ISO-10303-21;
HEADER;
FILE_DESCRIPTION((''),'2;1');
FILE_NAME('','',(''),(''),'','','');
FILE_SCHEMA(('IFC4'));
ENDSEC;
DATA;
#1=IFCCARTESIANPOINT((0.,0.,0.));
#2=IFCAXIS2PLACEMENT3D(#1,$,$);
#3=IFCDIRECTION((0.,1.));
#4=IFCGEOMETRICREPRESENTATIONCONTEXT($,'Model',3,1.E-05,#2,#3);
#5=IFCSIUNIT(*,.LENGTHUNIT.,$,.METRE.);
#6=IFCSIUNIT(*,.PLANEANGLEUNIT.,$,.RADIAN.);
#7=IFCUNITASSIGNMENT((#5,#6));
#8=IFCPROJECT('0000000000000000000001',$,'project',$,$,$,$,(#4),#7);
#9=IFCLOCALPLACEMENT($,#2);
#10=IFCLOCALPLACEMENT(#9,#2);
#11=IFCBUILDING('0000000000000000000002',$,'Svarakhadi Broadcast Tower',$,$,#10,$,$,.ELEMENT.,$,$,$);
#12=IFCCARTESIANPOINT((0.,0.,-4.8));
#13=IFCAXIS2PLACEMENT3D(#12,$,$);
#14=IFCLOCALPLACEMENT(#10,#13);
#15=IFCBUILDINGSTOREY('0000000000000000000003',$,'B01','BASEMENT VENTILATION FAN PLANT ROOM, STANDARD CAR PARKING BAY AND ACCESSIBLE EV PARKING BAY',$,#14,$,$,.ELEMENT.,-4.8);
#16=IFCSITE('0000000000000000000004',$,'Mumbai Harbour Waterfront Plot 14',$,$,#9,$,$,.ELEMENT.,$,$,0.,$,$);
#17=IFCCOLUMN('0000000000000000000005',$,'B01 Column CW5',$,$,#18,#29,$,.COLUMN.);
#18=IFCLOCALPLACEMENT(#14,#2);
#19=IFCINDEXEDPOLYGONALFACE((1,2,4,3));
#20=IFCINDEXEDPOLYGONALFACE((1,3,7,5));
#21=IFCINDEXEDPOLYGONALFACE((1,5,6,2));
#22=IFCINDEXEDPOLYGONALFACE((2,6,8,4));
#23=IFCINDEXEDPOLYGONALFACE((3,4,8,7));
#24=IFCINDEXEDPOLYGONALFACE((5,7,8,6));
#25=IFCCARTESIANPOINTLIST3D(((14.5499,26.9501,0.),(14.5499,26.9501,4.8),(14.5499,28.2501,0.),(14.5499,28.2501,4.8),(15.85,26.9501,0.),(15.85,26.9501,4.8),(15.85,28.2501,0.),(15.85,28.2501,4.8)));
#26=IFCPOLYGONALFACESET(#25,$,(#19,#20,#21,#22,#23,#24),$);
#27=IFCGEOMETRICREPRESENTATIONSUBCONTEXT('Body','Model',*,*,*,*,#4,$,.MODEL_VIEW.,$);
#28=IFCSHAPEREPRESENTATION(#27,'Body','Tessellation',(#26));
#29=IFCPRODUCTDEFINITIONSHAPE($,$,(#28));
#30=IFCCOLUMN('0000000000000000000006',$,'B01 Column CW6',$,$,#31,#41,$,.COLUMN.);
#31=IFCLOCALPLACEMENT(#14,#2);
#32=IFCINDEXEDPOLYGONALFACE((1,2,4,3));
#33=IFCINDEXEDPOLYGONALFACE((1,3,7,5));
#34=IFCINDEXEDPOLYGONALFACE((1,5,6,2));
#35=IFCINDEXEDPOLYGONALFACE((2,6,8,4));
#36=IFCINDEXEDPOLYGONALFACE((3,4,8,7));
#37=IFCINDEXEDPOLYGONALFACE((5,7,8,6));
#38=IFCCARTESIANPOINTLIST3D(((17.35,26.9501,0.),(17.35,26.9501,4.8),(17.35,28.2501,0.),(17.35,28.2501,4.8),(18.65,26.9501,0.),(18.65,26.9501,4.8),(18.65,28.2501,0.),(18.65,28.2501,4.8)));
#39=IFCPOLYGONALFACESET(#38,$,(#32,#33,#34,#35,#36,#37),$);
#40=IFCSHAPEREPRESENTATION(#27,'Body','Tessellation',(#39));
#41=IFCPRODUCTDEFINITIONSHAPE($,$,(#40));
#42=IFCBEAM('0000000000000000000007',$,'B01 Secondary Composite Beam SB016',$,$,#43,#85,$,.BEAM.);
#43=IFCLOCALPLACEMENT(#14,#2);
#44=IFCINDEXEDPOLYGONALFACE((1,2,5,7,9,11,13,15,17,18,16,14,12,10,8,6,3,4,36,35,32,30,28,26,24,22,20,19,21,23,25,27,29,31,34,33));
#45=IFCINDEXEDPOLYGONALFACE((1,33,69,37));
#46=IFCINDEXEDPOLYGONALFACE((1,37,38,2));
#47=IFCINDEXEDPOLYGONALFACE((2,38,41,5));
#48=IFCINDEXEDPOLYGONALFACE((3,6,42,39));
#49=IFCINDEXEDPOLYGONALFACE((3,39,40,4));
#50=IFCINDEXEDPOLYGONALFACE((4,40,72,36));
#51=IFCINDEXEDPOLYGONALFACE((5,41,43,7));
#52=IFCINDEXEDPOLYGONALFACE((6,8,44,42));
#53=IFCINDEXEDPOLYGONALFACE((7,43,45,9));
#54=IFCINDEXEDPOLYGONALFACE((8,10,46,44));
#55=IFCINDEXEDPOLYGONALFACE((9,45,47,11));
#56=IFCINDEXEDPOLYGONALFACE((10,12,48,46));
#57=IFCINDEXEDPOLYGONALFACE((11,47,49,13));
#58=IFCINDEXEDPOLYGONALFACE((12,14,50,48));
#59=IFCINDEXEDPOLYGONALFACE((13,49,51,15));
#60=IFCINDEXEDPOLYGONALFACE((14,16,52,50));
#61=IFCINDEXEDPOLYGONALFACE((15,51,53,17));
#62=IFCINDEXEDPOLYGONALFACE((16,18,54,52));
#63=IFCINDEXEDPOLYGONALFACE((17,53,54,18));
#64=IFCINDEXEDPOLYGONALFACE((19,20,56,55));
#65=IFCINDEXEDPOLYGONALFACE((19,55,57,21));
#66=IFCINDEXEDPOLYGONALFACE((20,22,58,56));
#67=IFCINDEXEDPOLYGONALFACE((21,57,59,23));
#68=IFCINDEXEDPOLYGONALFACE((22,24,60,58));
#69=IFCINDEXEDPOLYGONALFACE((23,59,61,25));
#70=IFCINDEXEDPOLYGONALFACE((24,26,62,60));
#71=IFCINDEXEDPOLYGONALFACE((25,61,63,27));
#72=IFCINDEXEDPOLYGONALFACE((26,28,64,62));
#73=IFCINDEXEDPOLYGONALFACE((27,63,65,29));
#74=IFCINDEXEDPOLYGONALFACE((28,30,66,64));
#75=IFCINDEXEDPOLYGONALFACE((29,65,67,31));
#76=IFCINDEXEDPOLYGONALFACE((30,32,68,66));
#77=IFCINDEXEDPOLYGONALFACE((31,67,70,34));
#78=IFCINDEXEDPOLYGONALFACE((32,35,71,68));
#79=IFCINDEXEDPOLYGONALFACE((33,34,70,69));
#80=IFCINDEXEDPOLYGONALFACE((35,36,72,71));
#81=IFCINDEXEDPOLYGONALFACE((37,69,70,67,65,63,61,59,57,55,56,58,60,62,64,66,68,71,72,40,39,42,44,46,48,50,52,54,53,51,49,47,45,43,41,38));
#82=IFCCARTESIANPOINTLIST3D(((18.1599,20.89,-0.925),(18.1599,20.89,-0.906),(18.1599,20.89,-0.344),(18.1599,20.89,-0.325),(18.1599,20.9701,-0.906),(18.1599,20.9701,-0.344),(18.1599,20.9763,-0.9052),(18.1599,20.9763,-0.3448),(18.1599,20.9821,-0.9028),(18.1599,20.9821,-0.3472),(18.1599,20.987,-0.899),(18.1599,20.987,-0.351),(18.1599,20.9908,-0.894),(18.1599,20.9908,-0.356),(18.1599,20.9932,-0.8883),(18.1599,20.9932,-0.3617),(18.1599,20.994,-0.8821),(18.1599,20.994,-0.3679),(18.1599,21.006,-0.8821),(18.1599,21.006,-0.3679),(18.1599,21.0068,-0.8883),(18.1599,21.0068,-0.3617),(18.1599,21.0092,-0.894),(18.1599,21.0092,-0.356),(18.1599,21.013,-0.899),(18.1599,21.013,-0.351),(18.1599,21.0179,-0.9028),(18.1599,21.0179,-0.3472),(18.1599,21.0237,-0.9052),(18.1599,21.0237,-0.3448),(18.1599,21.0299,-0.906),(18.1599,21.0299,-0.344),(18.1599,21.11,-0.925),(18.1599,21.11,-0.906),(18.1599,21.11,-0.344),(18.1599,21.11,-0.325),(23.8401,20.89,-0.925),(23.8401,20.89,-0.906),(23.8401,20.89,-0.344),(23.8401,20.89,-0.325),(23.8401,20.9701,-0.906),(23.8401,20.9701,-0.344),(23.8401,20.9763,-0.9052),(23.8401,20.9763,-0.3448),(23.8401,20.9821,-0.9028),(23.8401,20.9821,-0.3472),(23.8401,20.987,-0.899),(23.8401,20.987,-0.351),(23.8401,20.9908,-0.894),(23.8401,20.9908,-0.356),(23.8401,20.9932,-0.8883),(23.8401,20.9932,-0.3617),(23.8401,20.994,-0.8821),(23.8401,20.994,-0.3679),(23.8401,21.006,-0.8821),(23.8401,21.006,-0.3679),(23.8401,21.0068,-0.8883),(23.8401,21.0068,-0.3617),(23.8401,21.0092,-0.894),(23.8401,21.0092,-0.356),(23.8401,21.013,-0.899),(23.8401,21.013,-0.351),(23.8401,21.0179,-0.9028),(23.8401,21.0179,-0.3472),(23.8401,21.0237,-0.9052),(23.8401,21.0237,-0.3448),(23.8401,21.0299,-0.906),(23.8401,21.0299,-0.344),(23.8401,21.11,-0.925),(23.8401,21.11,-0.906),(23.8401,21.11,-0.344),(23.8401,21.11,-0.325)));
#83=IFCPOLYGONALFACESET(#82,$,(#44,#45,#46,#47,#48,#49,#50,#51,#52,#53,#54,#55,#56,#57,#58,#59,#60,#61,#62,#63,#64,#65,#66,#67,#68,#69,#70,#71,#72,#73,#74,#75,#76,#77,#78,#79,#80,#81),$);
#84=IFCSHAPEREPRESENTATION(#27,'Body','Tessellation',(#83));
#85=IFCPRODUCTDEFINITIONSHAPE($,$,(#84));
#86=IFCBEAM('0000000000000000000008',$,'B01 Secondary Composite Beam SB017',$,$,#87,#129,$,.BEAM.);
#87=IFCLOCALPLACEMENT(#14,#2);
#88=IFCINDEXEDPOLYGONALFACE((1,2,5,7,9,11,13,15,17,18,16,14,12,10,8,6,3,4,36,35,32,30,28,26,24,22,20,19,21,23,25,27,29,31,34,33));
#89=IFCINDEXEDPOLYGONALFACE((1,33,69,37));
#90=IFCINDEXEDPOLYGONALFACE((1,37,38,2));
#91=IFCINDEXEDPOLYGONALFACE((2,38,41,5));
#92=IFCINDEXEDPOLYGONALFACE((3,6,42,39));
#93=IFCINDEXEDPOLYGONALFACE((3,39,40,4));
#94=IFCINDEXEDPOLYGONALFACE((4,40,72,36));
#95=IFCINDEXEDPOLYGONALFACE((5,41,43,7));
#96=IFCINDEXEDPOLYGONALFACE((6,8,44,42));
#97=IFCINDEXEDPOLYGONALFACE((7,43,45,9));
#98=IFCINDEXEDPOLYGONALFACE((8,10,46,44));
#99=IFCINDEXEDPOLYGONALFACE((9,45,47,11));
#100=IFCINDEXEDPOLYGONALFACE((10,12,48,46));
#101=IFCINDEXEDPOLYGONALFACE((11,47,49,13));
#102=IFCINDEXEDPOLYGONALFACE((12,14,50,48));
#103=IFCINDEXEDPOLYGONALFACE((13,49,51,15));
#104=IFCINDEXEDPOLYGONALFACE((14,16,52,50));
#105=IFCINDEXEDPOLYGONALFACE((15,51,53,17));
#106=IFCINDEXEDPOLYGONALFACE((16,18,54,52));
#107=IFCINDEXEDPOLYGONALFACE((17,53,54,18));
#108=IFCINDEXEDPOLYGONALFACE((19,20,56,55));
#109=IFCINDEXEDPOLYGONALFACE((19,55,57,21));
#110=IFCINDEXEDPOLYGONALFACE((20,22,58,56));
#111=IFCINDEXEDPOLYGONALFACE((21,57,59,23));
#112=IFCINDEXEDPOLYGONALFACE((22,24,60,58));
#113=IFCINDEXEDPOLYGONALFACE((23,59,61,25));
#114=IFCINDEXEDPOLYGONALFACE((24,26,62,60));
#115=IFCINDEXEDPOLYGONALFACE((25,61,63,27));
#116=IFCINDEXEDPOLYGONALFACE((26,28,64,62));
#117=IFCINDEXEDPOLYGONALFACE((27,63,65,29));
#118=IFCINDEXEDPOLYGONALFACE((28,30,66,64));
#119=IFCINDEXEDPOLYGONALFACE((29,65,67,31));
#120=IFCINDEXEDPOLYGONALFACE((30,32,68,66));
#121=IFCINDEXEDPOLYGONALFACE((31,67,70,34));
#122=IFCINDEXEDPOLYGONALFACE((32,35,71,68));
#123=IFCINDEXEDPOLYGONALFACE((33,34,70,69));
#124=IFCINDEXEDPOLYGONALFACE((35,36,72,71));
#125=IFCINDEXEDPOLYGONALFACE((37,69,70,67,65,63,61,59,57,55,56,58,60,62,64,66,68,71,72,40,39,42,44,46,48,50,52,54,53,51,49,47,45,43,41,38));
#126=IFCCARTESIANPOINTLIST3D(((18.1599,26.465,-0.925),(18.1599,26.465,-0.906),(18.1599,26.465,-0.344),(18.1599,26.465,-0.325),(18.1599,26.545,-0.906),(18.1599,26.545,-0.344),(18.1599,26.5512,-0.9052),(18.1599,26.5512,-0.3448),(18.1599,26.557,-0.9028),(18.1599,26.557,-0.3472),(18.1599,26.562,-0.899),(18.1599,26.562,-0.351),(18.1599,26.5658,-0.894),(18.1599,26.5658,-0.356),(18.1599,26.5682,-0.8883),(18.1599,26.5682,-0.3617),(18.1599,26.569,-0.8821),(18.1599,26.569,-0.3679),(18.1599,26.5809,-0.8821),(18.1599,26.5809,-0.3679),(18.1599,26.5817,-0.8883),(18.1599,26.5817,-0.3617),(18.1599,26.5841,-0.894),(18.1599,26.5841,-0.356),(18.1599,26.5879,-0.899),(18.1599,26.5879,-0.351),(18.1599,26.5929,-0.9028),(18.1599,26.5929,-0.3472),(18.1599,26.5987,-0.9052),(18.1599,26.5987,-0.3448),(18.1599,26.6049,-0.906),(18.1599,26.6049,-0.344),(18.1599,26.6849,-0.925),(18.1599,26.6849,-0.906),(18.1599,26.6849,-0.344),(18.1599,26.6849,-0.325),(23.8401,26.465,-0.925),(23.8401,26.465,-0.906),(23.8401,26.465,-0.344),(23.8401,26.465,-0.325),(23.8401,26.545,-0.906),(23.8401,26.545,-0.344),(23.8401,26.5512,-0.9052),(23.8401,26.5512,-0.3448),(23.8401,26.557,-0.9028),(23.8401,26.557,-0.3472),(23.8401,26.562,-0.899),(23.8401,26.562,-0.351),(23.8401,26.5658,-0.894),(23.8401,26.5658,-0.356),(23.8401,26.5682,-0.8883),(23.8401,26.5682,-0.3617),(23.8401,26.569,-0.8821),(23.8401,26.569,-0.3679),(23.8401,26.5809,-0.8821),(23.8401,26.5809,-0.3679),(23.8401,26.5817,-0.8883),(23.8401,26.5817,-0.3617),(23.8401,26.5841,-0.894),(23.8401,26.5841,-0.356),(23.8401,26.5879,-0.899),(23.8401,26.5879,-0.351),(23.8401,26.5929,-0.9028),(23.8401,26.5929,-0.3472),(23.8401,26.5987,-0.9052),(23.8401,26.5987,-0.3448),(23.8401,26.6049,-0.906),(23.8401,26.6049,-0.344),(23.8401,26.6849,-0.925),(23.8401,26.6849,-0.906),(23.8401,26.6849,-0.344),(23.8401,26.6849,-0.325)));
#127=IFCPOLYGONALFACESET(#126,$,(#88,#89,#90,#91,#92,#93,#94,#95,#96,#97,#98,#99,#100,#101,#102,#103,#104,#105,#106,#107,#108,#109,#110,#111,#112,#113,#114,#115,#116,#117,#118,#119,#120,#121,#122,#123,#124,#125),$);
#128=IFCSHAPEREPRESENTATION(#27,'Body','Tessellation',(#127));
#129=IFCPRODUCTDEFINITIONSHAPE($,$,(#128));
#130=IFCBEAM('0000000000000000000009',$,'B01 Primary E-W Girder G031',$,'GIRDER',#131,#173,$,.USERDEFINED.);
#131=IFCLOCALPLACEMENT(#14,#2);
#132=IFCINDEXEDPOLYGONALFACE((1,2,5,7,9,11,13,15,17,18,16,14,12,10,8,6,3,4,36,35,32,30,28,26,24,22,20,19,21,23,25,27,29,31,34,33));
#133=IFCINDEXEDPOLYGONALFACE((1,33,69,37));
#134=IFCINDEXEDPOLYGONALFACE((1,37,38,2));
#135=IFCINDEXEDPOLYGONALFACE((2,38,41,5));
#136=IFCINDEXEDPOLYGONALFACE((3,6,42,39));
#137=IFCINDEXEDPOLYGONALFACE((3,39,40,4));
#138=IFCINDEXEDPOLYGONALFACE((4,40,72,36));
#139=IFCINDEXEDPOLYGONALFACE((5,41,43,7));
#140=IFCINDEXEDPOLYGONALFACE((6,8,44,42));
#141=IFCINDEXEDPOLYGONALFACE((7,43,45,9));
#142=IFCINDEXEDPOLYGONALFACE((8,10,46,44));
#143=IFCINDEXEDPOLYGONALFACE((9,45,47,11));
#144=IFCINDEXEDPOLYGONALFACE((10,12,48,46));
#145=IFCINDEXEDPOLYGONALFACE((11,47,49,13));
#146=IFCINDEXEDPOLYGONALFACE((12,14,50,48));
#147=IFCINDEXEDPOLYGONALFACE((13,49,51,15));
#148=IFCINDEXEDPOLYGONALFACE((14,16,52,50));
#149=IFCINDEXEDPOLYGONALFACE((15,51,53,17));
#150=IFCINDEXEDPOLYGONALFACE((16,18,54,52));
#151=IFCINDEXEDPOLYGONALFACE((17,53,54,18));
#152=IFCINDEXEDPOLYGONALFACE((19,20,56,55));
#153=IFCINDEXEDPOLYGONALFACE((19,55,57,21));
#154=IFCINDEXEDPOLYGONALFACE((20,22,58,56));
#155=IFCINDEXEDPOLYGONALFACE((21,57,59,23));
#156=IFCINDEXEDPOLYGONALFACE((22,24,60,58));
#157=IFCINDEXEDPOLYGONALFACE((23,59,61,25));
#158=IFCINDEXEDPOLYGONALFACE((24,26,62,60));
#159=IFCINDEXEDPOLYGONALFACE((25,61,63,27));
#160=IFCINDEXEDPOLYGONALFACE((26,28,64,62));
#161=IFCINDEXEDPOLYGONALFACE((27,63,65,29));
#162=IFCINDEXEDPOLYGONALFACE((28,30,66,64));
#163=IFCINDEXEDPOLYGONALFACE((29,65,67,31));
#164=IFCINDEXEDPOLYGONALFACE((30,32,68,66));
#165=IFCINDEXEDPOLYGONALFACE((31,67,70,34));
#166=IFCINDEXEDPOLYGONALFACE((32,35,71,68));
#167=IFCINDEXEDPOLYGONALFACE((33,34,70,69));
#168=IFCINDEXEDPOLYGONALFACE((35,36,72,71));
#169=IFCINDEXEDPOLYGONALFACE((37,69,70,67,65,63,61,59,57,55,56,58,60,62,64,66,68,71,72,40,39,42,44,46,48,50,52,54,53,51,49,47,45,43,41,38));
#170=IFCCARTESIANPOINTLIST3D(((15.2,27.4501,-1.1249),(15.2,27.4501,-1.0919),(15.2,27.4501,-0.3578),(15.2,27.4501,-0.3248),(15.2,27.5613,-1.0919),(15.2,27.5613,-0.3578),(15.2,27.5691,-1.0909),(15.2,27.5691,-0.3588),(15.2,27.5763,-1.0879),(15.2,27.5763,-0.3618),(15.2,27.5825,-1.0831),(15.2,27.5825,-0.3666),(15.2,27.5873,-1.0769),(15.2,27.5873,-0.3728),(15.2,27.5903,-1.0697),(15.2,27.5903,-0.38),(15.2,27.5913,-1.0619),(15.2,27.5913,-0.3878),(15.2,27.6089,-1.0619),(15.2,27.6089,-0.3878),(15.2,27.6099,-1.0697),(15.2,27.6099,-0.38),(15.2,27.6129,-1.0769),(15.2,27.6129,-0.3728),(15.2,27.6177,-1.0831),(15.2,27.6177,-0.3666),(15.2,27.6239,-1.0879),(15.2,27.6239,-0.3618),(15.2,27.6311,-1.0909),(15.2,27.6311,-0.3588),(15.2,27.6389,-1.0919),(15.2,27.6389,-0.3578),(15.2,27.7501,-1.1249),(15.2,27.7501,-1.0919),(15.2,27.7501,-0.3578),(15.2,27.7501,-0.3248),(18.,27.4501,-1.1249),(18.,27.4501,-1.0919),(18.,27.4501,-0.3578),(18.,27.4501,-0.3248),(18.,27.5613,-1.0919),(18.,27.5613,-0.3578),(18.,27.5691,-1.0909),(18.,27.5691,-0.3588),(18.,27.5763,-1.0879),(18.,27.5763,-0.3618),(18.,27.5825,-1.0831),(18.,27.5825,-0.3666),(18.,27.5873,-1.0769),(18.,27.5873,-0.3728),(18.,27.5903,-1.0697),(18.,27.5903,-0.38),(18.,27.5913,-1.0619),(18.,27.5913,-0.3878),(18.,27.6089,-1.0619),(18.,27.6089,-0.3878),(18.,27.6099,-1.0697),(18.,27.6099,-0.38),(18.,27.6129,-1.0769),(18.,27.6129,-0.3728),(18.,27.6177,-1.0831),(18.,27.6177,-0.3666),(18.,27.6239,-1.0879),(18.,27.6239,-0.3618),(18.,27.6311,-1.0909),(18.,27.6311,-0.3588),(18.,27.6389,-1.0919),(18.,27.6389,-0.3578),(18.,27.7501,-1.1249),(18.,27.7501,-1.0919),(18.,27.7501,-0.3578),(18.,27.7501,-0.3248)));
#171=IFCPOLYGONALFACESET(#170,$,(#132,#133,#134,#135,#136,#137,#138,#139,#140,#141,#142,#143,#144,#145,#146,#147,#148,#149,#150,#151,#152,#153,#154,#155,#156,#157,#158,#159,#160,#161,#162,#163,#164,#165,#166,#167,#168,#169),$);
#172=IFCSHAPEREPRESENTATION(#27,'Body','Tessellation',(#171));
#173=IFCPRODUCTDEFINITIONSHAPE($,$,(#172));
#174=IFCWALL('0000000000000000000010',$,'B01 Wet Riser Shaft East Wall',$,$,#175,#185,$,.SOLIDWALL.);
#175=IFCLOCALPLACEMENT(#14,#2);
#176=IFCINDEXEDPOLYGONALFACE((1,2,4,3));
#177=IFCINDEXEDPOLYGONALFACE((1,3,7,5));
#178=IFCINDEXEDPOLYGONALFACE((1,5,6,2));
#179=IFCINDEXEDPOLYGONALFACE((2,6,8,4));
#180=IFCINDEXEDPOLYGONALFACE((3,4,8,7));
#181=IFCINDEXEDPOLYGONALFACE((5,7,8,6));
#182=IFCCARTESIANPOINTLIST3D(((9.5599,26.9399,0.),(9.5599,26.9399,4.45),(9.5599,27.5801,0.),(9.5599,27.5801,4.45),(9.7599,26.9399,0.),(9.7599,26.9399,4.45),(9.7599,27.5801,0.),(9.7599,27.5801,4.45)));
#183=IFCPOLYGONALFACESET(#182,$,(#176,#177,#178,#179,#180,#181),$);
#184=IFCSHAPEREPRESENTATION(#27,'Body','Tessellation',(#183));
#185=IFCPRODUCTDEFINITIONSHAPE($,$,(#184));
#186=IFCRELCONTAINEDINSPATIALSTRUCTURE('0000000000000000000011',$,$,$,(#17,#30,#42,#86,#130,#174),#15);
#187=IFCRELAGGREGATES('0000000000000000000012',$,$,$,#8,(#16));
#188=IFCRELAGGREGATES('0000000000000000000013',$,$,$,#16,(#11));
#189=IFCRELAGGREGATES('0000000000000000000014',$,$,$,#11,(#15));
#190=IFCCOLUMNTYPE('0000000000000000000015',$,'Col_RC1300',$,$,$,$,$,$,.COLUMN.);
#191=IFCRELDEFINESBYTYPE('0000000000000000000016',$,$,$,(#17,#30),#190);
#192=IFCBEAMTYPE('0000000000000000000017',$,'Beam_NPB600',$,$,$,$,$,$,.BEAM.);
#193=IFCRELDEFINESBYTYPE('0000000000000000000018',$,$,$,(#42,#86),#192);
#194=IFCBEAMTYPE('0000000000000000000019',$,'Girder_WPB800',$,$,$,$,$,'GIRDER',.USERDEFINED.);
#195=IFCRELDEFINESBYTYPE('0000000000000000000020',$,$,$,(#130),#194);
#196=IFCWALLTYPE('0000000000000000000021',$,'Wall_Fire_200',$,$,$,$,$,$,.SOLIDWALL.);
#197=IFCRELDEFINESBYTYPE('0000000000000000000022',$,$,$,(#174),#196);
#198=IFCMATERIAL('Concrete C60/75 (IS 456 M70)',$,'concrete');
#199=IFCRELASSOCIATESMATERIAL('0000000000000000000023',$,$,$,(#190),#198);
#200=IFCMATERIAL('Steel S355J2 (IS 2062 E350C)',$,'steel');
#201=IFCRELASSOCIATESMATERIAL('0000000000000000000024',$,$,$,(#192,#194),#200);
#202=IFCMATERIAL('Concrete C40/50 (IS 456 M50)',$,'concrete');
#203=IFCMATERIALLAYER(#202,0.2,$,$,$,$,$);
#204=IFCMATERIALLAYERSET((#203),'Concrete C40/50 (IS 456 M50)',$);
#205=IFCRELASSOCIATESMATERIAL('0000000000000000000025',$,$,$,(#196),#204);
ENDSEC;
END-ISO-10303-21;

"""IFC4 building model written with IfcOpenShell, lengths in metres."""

from ifc_helpers import new_model, si_unit, direction, frame, frame_2d, origin, origin_2d, place, context, subcontext, project, spatial, rectangle, i_section, extrude, material, layer, layer_set, material_profile, profile_set, type_object, element, save


model = new_model("IFC4")

# Units and contexts
model_context = context("Model", 3, precision=1e-05, world=origin(), true_north=direction((0.0, 1.0)))
body_context = subcontext(model_context, "Body", "Model", "MODEL_VIEW")
ifc_project = project(units=[si_unit("LENGTHUNIT", "METRE"), si_unit("PLANEANGLEUNIT", "RADIAN")], contexts=[model_context])

# Site, building, storey
site_placement = place(None, origin())
site = spatial("IfcSite", under=ifc_project, at=site_placement, Name="Mumbai Harbour Waterfront Plot 14", CompositionType="ELEMENT", RefElevation=0.0)
building_placement = place(site_placement, origin())
building = spatial("IfcBuilding", under=site, at=building_placement, Name="Svarakhadi Broadcast Tower", CompositionType="ELEMENT")
storey_placement = place(building_placement, frame((0.0, 0.0, -4.8)))
storey = spatial("IfcBuildingStorey", under=building, at=storey_placement, Name="B01", Description="BASEMENT VENTILATION FAN PLANT ROOM, STANDARD CAR PARKING BAY AND ACCESSIBLE EV PARKING BAY", CompositionType="ELEMENT", Elevation=-4.8)

# Columns
ifc_material_1 = material(Name="Concrete C60/75 (IS 456 M70)", Category="concrete")
ifc_material_profile_1 = material_profile(ifc_material_1, rectangle(XDim=1.3, YDim=1.3, at=origin_2d()), Name="RC 1300x1300")
ifc_profile_set_1 = profile_set([ifc_material_profile_1], Name="Concrete C60/75 (IS 456 M70)")
column_type = type_object("IfcColumnType", Name="Col_RC1300", PredefinedType="COLUMN", material=ifc_profile_set_1)
for number, where, z_axis, x_axis, name in (
    (1, (15.2, 27.6001, 0.0), (0.0, 0.0, 1.0), (1.0, 0.0, 0.0), "B01 Column CW5"),
    (2, (18.0, 27.6001, 0.0), (0.0, 0.0, 1.0), (1.0, 0.0, 0.0), "B01 Column CW6"),
):
    element("IfcColumn", number, at=place(storey_placement, frame(where, z_axis=z_axis, x_axis=x_axis)), inside=storey, type_object=column_type, Name=name, PredefinedType="COLUMN", context=body_context, shape_type="SweptSolid", body=[
        extrude(rectangle(XDim=1.3, YDim=1.3, at=origin_2d()), origin(), (0.0, 0.0, 1.0), 4.8),
    ])

# Beams
ifc_material_2 = material(Name="Steel S355J2 (IS 2062 E350C)", Category="steel")
ifc_material_profile_2 = material_profile(ifc_material_2, i_section(OverallWidth=0.22, OverallDepth=0.6001, WebThickness=0.012, FlangeThickness=0.019, FilletRadius=0.0239, at=origin_2d()), Name="NPB 600x220x122")
ifc_profile_set_2 = profile_set([ifc_material_profile_2], Name="Steel S355J2 (IS 2062 E350C)")
beam_type_1 = type_object("IfcBeamType", Name="Beam_NPB600", PredefinedType="BEAM", material=ifc_profile_set_2)
for number, where, z_axis, x_axis, name in (
    (3, (18.1599, 21.0, -0.625), (1.0, 0.0, 0.0), (0.0, 1.0, 0.0), "B01 Secondary Composite Beam SB016"),
    (4, (18.1599, 26.575, -0.625), (1.0, 0.0, 0.0), (0.0, 1.0, 0.0), "B01 Secondary Composite Beam SB017"),
):
    element("IfcBeam", number, at=place(storey_placement, frame(where, z_axis=z_axis, x_axis=x_axis)), inside=storey, type_object=beam_type_1, Name=name, PredefinedType="BEAM", context=body_context, shape_type="SweptSolid", body=[
        extrude(i_section(OverallWidth=0.22, OverallDepth=0.6001, WebThickness=0.012, FlangeThickness=0.019, FilletRadius=0.0239, at=origin_2d()), origin(), (0.0, 0.0, 1.0), 5.6802),
    ])
ifc_material_profile_3 = material_profile(ifc_material_2, i_section(OverallWidth=0.3, OverallDepth=0.8, WebThickness=0.0176, FlangeThickness=0.033, FilletRadius=0.03, at=origin_2d()), Name="WPB 800x300x262")
ifc_profile_set_3 = profile_set([ifc_material_profile_3], Name="Steel S355J2 (IS 2062 E350C)")
beam_type_2 = type_object("IfcBeamType", Name="Girder_WPB800", ElementType="GIRDER", PredefinedType="USERDEFINED", material=ifc_profile_set_3)
beam_placement = place(storey_placement, frame((15.2, 27.6001, -0.7249), z_axis=(1.0, 0.0, 0.0), x_axis=(0.0, 1.0, 0.0)))
element("IfcBeam", 5, at=beam_placement, inside=storey, type_object=beam_type_2, Name="B01 Primary E-W Girder G031", ObjectType="GIRDER", PredefinedType="USERDEFINED", context=body_context, shape_type="SweptSolid", body=[
    extrude(i_section(OverallWidth=0.3, OverallDepth=0.8, WebThickness=0.0176, FlangeThickness=0.033, FilletRadius=0.03, at=origin_2d()), origin(), (0.0, 0.0, 1.0), 2.8),
])

# Wall
ifc_material_3 = material(Name="Concrete C40/50 (IS 456 M50)", Category="concrete")
ifc_layer_1 = layer(ifc_material_3, 0.2)
ifc_layer_set_1 = layer_set([ifc_layer_1], Name="Concrete C40/50 (IS 456 M50)")
wall_type_1 = type_object("IfcWallType", Name="Wall_Fire_200", PredefinedType="SOLIDWALL", material=ifc_layer_set_1)
wall_1_placement = place(storey_placement, frame((9.6599, 26.9399, 0.0), z_axis=(0.0, 0.0, 1.0), x_axis=(0.0, 1.0, 0.0)))
element("IfcWall", 6, at=wall_1_placement, inside=storey, type_object=wall_type_1, Name="B01 Wet Riser Shaft East Wall", PredefinedType="SOLIDWALL", context=body_context, shape_type="SweptSolid", body=[
    extrude(rectangle(XDim=0.6401, YDim=0.2, at=frame_2d((0.3201, 0.0))), origin(), (0.0, 0.0, 1.0), 4.45),
])

save(model, "model.ifc")
